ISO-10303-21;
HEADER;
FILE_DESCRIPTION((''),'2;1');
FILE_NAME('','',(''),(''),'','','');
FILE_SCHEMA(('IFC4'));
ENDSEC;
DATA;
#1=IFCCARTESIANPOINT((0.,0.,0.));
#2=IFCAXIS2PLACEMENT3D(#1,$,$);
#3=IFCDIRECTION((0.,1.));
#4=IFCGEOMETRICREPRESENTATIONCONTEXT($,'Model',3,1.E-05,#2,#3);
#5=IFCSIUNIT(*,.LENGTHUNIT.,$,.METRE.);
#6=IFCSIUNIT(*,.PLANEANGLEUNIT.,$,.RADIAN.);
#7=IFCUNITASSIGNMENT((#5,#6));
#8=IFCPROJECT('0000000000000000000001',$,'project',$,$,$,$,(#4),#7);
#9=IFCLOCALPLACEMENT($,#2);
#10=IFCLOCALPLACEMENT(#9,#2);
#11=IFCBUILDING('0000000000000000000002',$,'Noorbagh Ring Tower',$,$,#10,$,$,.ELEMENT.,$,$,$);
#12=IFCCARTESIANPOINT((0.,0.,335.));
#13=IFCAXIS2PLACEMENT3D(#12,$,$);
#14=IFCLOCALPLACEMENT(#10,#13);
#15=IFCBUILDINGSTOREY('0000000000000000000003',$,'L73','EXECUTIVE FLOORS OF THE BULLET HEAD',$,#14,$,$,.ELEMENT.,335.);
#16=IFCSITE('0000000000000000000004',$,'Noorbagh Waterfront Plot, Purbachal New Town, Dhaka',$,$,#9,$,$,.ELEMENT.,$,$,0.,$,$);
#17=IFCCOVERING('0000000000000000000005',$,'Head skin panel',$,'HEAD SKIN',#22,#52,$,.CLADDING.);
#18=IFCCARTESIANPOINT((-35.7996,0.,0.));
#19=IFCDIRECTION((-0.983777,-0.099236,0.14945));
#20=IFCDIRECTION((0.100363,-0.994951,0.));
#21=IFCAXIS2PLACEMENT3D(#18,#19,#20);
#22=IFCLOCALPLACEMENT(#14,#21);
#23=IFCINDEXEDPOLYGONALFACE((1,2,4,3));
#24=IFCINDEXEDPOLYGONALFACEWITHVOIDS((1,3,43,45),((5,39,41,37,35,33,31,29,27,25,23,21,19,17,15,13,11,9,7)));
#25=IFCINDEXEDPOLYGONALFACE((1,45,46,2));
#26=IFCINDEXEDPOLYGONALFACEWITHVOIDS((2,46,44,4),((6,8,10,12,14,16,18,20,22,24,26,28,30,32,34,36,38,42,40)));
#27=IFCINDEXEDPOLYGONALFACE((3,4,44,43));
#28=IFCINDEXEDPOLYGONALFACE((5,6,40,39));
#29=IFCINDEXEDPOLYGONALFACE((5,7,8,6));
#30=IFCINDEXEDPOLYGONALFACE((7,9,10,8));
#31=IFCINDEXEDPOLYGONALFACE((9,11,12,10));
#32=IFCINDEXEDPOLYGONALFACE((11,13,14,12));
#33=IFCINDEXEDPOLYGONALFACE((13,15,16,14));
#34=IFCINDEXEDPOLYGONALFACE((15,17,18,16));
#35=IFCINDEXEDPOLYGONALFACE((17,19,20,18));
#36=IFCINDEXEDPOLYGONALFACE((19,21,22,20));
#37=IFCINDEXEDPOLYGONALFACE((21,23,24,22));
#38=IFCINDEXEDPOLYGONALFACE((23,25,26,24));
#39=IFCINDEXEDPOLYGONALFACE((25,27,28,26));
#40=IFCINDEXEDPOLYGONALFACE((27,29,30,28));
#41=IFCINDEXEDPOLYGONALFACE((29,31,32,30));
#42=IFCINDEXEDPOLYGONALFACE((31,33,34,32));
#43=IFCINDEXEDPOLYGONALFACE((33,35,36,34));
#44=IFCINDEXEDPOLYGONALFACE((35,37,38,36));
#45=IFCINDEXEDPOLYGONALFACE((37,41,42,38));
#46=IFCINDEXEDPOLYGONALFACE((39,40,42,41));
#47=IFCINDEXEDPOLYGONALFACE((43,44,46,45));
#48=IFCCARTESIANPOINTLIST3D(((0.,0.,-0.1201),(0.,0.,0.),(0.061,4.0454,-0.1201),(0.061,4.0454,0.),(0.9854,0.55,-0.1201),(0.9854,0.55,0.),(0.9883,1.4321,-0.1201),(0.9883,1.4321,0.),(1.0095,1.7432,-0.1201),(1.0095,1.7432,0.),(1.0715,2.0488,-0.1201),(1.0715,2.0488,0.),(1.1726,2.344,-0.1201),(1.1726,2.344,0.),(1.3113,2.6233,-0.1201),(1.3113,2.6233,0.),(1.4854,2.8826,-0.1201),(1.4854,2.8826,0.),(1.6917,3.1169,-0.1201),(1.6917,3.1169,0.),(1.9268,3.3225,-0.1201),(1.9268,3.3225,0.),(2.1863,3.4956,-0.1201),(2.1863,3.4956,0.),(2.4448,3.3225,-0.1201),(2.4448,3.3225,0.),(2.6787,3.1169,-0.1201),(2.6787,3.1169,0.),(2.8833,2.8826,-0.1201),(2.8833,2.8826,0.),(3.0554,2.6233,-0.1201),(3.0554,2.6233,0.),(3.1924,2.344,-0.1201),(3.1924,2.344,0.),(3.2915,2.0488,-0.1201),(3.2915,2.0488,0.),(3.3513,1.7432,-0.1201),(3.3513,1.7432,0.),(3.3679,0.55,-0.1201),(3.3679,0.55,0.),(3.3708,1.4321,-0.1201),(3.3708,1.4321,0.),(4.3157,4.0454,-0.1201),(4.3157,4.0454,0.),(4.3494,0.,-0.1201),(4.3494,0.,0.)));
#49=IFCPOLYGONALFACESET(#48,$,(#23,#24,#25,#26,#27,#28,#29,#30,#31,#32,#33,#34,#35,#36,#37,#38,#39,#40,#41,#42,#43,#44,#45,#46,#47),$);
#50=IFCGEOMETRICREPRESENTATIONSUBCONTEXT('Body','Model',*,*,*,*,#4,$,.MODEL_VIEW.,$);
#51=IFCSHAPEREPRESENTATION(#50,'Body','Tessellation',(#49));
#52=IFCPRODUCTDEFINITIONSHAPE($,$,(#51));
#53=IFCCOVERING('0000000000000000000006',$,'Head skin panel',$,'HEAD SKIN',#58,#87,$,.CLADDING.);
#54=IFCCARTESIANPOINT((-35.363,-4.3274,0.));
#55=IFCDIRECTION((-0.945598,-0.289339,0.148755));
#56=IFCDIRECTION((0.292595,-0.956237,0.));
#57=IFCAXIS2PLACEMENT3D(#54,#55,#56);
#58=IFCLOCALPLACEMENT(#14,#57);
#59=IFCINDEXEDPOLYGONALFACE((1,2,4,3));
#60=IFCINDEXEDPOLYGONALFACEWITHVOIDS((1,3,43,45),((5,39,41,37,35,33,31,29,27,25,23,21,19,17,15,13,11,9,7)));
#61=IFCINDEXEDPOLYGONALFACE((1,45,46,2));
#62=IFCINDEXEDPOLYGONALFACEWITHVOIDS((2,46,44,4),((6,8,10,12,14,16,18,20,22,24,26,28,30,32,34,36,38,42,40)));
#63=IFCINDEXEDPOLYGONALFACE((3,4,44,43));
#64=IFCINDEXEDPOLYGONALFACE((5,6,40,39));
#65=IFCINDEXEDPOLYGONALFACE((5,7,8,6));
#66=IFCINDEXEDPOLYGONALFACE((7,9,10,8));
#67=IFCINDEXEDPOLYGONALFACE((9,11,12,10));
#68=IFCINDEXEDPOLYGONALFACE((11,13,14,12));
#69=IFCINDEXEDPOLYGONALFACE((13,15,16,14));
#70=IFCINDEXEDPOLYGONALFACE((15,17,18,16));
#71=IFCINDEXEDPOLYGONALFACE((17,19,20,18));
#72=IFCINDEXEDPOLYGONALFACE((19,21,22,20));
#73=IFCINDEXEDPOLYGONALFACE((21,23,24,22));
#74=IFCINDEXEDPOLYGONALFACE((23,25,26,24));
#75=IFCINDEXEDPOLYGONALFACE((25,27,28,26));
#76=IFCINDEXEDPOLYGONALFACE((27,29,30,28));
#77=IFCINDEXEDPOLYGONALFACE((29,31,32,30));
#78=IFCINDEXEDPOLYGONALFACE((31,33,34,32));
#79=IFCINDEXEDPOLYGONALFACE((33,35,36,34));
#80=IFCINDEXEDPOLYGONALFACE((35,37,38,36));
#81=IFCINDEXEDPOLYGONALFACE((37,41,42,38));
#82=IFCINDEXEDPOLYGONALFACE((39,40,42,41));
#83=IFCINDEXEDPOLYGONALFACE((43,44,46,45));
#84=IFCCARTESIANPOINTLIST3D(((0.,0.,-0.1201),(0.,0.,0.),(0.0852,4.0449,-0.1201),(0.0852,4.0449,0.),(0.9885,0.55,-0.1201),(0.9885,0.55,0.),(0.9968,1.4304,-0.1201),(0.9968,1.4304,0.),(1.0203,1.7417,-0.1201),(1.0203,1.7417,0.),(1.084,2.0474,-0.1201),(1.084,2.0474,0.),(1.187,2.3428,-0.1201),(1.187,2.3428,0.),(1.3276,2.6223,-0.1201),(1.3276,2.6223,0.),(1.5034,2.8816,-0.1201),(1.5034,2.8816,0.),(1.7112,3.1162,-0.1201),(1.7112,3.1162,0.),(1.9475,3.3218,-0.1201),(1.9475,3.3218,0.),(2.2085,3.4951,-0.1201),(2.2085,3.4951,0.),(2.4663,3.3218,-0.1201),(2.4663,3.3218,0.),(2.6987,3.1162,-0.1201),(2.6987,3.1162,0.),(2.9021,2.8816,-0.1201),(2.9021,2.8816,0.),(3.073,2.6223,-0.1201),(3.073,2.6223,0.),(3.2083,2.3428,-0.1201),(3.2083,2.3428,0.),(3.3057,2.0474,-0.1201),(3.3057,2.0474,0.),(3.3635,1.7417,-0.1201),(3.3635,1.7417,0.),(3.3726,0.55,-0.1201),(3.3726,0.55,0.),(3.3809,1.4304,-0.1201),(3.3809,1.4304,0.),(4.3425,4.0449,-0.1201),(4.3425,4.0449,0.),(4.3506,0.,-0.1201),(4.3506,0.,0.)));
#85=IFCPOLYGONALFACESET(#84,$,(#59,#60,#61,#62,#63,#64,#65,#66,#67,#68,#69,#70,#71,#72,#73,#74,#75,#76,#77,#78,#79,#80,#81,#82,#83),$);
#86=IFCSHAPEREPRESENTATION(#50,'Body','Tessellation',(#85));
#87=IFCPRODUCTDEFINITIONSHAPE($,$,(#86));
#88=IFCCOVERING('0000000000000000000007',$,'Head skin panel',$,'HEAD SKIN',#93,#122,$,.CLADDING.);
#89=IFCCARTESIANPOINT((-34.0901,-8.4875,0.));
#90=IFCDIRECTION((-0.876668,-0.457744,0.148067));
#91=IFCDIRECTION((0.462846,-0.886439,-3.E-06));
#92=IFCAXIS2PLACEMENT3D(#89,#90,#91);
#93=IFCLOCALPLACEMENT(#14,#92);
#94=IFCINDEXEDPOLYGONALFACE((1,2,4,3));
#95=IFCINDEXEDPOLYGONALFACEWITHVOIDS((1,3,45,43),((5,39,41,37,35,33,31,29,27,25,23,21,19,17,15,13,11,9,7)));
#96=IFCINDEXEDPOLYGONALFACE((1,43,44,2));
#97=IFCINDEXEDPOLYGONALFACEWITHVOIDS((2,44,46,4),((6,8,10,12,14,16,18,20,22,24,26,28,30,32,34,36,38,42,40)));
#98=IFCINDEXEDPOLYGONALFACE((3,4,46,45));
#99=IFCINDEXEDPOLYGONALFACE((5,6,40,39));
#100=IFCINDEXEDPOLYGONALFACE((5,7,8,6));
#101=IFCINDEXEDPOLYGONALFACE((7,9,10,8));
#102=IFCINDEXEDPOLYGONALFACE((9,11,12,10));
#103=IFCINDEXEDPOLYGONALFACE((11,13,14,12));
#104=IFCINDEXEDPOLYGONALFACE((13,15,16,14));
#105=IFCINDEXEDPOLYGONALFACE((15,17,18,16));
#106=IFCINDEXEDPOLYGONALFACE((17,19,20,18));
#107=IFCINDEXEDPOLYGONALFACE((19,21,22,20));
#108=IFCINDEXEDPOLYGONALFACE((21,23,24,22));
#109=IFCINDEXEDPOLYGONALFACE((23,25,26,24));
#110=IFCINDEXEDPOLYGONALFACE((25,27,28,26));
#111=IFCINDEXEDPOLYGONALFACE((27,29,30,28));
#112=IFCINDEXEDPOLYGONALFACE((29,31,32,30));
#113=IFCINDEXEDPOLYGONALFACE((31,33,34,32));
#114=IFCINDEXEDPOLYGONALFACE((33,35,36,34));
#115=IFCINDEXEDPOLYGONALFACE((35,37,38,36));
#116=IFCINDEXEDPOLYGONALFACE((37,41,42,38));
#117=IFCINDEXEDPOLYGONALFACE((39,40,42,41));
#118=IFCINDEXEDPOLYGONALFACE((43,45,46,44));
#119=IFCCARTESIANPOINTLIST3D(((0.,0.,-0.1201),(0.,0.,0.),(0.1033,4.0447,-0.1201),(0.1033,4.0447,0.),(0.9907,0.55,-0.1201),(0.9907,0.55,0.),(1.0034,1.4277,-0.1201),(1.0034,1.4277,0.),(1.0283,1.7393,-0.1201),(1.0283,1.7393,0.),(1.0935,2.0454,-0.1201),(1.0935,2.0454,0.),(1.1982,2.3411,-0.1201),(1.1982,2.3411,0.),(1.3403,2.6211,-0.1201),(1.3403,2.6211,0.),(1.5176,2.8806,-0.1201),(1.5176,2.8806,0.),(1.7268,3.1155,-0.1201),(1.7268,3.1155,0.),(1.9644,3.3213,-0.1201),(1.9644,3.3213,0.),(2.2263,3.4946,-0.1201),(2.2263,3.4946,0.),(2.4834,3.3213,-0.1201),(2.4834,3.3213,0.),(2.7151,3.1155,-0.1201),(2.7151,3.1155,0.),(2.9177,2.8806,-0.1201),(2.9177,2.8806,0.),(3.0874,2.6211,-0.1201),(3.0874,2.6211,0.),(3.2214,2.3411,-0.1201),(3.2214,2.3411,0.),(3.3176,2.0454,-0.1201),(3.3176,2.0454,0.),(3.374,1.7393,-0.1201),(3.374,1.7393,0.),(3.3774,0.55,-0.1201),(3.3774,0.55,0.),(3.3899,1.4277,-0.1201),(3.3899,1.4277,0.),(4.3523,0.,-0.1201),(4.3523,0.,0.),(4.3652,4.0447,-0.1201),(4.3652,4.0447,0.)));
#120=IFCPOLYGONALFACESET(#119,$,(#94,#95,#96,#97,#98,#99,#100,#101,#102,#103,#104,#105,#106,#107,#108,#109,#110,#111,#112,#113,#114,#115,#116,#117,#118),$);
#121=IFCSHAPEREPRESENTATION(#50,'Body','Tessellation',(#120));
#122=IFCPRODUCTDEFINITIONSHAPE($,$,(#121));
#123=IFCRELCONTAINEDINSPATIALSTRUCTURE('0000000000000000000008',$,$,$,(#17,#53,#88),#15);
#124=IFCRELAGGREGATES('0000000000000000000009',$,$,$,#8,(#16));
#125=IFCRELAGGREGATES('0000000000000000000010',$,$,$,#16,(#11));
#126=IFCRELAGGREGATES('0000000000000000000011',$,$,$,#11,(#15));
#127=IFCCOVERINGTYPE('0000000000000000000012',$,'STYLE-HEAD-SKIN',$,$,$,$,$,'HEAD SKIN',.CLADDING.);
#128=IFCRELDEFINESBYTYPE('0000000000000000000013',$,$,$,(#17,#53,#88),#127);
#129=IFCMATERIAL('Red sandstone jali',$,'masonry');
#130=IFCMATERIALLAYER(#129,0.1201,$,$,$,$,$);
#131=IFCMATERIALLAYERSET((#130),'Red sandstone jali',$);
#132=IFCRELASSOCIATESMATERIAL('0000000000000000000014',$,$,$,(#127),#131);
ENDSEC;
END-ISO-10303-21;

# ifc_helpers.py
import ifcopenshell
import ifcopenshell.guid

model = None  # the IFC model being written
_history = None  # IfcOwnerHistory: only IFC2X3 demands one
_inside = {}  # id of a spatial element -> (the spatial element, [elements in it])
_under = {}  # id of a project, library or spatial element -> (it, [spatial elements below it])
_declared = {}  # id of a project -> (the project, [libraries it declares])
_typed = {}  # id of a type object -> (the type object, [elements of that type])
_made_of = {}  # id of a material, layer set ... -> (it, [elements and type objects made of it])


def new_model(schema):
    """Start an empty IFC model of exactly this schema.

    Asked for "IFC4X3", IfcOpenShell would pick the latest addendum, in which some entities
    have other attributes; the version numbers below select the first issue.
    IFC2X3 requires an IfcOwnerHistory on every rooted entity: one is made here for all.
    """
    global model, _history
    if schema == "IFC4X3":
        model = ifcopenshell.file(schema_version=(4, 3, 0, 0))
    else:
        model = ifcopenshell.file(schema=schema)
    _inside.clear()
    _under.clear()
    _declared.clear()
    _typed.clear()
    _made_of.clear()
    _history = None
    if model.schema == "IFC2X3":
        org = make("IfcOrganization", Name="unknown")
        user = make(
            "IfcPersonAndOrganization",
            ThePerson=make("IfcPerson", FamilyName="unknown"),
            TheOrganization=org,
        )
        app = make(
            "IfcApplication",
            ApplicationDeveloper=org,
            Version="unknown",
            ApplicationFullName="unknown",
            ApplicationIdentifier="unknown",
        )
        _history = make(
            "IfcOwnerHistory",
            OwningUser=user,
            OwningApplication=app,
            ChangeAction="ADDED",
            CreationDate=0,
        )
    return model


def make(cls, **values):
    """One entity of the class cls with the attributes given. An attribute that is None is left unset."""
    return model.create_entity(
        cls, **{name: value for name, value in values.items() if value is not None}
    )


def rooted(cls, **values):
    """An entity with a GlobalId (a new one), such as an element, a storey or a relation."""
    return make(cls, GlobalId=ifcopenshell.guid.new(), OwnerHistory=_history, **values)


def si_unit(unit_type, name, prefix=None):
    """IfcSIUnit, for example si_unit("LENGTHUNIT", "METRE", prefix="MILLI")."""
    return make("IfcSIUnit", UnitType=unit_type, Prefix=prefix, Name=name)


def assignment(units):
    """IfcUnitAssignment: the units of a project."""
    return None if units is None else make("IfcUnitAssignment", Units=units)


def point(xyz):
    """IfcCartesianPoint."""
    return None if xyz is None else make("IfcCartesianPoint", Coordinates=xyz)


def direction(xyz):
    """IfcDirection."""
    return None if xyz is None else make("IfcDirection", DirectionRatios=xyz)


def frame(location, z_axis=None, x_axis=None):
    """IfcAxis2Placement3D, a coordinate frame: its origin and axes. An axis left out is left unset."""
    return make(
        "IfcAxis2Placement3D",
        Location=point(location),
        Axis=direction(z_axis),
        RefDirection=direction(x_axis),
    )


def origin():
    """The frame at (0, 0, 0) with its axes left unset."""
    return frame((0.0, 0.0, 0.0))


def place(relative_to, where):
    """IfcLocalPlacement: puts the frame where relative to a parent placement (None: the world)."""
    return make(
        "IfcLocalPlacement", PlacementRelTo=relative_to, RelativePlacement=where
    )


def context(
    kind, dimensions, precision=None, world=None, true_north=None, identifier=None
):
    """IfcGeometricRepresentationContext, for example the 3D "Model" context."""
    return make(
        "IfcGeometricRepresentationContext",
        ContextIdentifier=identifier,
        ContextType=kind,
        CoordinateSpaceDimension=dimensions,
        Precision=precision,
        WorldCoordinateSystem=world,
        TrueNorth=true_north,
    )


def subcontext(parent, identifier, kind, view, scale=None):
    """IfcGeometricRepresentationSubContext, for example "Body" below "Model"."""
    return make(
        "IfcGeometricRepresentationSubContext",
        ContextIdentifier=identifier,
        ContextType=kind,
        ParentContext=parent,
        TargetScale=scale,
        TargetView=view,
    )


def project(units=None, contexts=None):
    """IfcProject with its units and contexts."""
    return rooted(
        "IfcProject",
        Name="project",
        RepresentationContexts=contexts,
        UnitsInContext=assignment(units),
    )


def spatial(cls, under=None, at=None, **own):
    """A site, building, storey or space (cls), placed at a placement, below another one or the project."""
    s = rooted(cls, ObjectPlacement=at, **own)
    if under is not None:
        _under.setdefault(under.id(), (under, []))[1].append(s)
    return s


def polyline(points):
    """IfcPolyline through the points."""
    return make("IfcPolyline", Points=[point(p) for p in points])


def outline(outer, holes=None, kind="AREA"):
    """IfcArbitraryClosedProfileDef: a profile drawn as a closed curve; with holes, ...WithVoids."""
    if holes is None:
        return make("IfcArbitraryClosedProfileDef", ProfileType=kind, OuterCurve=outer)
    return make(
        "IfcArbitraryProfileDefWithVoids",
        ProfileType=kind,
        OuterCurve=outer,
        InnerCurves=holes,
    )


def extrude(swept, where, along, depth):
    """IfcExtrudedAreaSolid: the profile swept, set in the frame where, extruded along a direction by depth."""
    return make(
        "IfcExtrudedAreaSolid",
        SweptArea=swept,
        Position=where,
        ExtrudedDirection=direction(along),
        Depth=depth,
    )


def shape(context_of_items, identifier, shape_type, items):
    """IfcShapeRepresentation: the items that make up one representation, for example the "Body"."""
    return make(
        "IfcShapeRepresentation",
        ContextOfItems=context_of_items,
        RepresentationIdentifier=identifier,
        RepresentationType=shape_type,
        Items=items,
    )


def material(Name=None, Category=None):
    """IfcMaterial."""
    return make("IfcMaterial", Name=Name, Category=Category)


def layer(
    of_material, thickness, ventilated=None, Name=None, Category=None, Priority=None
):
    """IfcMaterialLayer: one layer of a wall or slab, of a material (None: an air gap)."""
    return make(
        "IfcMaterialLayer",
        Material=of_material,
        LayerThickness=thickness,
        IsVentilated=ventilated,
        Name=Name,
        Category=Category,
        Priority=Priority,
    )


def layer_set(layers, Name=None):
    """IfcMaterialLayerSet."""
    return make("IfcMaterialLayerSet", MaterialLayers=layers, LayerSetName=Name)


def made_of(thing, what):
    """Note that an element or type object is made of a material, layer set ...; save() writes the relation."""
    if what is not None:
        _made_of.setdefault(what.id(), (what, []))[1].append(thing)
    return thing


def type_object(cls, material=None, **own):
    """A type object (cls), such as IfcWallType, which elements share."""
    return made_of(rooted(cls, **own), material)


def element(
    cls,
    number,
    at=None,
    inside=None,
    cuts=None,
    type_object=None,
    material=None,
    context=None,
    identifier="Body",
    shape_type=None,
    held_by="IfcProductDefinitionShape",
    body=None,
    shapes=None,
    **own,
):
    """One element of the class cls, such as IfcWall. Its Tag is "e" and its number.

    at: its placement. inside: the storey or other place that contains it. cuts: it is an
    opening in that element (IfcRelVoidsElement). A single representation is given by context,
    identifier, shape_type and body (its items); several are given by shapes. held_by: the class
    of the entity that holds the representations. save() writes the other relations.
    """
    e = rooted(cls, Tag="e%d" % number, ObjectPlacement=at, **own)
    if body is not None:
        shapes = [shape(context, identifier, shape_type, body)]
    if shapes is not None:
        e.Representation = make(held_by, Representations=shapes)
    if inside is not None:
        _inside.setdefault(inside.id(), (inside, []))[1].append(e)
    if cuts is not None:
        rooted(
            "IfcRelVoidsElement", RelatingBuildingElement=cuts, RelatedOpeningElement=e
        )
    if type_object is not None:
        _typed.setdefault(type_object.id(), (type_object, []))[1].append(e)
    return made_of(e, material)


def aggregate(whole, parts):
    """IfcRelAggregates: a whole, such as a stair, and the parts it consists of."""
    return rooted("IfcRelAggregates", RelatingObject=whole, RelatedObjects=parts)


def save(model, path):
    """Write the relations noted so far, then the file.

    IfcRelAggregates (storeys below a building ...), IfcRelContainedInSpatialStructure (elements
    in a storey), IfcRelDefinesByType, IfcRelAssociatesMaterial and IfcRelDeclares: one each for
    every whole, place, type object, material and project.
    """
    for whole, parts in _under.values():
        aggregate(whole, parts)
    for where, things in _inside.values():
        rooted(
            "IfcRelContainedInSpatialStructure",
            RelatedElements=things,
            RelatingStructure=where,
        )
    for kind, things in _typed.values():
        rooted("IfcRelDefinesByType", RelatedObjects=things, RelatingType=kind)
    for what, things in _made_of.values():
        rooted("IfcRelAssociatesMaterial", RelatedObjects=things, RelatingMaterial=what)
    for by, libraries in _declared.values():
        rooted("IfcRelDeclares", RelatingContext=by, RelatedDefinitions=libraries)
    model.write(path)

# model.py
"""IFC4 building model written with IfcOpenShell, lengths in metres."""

from ifc_helpers import new_model, si_unit, direction, frame, origin, place, context, subcontext, project, spatial, polyline, outline, extrude, material, layer, layer_set, type_object, element, save


model = new_model("IFC4")

# Units and contexts
model_context = context("Model", 3, precision=1e-05, world=origin(), true_north=direction((0.0, 1.0)))
body_context = subcontext(model_context, "Body", "Model", "MODEL_VIEW")
ifc_project = project(units=[si_unit("LENGTHUNIT", "METRE"), si_unit("PLANEANGLEUNIT", "RADIAN")], contexts=[model_context])

# Site, building, storey
site_placement = place(None, origin())
site = spatial("IfcSite", under=ifc_project, at=site_placement, Name="Noorbagh Waterfront Plot, Purbachal New Town, Dhaka", CompositionType="ELEMENT", RefElevation=0.0)
building_placement = place(site_placement, origin())
building = spatial("IfcBuilding", under=site, at=building_placement, Name="Noorbagh Ring Tower", CompositionType="ELEMENT")
storey_placement = place(building_placement, frame((0.0, 0.0, 335.0)))
storey = spatial("IfcBuildingStorey", under=building, at=storey_placement, Name="L73", Description="EXECUTIVE FLOORS OF THE BULLET HEAD", CompositionType="ELEMENT", Elevation=335.0)

# Coverings
ifc_material_1 = material(Name="Red sandstone jali", Category="masonry")
ifc_layer_1 = layer(ifc_material_1, 0.1201)
ifc_layer_set_1 = layer_set([ifc_layer_1], Name="Red sandstone jali")
covering_type_1 = type_object("IfcCoveringType", Name="STYLE-HEAD-SKIN", ElementType="HEAD SKIN", PredefinedType="CLADDING", material=ifc_layer_set_1)
covering_1_placement = place(storey_placement, frame((-35.7996, 0.0, 0.0), z_axis=(-0.983777, -0.099236, 0.14945), x_axis=(0.100363, -0.994951, 0.0)))
element("IfcCovering", 1, at=covering_1_placement, inside=storey, type_object=covering_type_1, Name="Head skin panel", ObjectType="HEAD SKIN", PredefinedType="CLADDING", context=body_context, shape_type="SweptSolid", body=[
    extrude(outline(polyline([(0.0, 0.0), (4.3494, 0.0), (4.3157, 4.0454), (0.061, 4.0454), (0.0, 0.0)]), holes=[polyline([(0.9854, 0.55), (0.9883, 1.4321), (1.0095, 1.7432), (1.0715, 2.0488), (1.1726, 2.344), (1.3113, 2.6233), (1.4854, 2.8826), (1.6917, 3.1169), (1.9268, 3.3225), (2.1863, 3.4956), (2.4448, 3.3225), (2.6787, 3.1169), (2.8833, 2.8826), (3.0554, 2.6233), (3.1924, 2.344), (3.2915, 2.0488), (3.3513, 1.7432), (3.3708, 1.4321), (3.3679, 0.55), (0.9854, 0.55)])]), origin(), (0.0, 0.0, -1.0), 0.1201),
])
covering_2_placement = place(storey_placement, frame((-35.363, -4.3274, 0.0), z_axis=(-0.945598, -0.289339, 0.148755), x_axis=(0.292595, -0.956237, 0.0)))
element("IfcCovering", 2, at=covering_2_placement, inside=storey, type_object=covering_type_1, Name="Head skin panel", ObjectType="HEAD SKIN", PredefinedType="CLADDING", context=body_context, shape_type="SweptSolid", body=[
    extrude(outline(polyline([(0.0, 0.0), (4.3506, 0.0), (4.3425, 4.0449), (0.0852, 4.0449), (0.0, 0.0)]), holes=[polyline([(0.9885, 0.55), (0.9968, 1.4304), (1.0203, 1.7417), (1.084, 2.0474), (1.187, 2.3428), (1.3276, 2.6223), (1.5034, 2.8816), (1.7112, 3.1162), (1.9475, 3.3218), (2.2085, 3.4951), (2.4663, 3.3218), (2.6987, 3.1162), (2.9021, 2.8816), (3.073, 2.6223), (3.2083, 2.3428), (3.3057, 2.0474), (3.3635, 1.7417), (3.3809, 1.4304), (3.3726, 0.55), (0.9885, 0.55)])]), origin(), (0.0, 0.0, -1.0), 0.1201),
])
covering_3_placement = place(storey_placement, frame((-34.0901, -8.4875, 0.0), z_axis=(-0.876668, -0.457744, 0.148067), x_axis=(0.462846, -0.886439, -0.000003)))
element("IfcCovering", 3, at=covering_3_placement, inside=storey, type_object=covering_type_1, Name="Head skin panel", ObjectType="HEAD SKIN", PredefinedType="CLADDING", context=body_context, shape_type="SweptSolid", body=[
    extrude(outline(polyline([(0.0, 0.0), (4.3523, 0.0), (4.3652, 4.0447), (0.1033, 4.0447), (0.0, 0.0)]), holes=[polyline([(0.9907, 0.55), (1.0034, 1.4277), (1.0283, 1.7393), (1.0935, 2.0454), (1.1982, 2.3411), (1.3403, 2.6211), (1.5176, 2.8806), (1.7268, 3.1155), (1.9644, 3.3213), (2.2263, 3.4946), (2.4834, 3.3213), (2.7151, 3.1155), (2.9177, 2.8806), (3.0874, 2.6211), (3.2214, 2.3411), (3.3176, 2.0454), (3.374, 1.7393), (3.3899, 1.4277), (3.3774, 0.55), (0.9907, 0.55)])]), origin(), (0.0, 0.0, -1.0), 0.1201),
])

save(model, "model.ifc")
